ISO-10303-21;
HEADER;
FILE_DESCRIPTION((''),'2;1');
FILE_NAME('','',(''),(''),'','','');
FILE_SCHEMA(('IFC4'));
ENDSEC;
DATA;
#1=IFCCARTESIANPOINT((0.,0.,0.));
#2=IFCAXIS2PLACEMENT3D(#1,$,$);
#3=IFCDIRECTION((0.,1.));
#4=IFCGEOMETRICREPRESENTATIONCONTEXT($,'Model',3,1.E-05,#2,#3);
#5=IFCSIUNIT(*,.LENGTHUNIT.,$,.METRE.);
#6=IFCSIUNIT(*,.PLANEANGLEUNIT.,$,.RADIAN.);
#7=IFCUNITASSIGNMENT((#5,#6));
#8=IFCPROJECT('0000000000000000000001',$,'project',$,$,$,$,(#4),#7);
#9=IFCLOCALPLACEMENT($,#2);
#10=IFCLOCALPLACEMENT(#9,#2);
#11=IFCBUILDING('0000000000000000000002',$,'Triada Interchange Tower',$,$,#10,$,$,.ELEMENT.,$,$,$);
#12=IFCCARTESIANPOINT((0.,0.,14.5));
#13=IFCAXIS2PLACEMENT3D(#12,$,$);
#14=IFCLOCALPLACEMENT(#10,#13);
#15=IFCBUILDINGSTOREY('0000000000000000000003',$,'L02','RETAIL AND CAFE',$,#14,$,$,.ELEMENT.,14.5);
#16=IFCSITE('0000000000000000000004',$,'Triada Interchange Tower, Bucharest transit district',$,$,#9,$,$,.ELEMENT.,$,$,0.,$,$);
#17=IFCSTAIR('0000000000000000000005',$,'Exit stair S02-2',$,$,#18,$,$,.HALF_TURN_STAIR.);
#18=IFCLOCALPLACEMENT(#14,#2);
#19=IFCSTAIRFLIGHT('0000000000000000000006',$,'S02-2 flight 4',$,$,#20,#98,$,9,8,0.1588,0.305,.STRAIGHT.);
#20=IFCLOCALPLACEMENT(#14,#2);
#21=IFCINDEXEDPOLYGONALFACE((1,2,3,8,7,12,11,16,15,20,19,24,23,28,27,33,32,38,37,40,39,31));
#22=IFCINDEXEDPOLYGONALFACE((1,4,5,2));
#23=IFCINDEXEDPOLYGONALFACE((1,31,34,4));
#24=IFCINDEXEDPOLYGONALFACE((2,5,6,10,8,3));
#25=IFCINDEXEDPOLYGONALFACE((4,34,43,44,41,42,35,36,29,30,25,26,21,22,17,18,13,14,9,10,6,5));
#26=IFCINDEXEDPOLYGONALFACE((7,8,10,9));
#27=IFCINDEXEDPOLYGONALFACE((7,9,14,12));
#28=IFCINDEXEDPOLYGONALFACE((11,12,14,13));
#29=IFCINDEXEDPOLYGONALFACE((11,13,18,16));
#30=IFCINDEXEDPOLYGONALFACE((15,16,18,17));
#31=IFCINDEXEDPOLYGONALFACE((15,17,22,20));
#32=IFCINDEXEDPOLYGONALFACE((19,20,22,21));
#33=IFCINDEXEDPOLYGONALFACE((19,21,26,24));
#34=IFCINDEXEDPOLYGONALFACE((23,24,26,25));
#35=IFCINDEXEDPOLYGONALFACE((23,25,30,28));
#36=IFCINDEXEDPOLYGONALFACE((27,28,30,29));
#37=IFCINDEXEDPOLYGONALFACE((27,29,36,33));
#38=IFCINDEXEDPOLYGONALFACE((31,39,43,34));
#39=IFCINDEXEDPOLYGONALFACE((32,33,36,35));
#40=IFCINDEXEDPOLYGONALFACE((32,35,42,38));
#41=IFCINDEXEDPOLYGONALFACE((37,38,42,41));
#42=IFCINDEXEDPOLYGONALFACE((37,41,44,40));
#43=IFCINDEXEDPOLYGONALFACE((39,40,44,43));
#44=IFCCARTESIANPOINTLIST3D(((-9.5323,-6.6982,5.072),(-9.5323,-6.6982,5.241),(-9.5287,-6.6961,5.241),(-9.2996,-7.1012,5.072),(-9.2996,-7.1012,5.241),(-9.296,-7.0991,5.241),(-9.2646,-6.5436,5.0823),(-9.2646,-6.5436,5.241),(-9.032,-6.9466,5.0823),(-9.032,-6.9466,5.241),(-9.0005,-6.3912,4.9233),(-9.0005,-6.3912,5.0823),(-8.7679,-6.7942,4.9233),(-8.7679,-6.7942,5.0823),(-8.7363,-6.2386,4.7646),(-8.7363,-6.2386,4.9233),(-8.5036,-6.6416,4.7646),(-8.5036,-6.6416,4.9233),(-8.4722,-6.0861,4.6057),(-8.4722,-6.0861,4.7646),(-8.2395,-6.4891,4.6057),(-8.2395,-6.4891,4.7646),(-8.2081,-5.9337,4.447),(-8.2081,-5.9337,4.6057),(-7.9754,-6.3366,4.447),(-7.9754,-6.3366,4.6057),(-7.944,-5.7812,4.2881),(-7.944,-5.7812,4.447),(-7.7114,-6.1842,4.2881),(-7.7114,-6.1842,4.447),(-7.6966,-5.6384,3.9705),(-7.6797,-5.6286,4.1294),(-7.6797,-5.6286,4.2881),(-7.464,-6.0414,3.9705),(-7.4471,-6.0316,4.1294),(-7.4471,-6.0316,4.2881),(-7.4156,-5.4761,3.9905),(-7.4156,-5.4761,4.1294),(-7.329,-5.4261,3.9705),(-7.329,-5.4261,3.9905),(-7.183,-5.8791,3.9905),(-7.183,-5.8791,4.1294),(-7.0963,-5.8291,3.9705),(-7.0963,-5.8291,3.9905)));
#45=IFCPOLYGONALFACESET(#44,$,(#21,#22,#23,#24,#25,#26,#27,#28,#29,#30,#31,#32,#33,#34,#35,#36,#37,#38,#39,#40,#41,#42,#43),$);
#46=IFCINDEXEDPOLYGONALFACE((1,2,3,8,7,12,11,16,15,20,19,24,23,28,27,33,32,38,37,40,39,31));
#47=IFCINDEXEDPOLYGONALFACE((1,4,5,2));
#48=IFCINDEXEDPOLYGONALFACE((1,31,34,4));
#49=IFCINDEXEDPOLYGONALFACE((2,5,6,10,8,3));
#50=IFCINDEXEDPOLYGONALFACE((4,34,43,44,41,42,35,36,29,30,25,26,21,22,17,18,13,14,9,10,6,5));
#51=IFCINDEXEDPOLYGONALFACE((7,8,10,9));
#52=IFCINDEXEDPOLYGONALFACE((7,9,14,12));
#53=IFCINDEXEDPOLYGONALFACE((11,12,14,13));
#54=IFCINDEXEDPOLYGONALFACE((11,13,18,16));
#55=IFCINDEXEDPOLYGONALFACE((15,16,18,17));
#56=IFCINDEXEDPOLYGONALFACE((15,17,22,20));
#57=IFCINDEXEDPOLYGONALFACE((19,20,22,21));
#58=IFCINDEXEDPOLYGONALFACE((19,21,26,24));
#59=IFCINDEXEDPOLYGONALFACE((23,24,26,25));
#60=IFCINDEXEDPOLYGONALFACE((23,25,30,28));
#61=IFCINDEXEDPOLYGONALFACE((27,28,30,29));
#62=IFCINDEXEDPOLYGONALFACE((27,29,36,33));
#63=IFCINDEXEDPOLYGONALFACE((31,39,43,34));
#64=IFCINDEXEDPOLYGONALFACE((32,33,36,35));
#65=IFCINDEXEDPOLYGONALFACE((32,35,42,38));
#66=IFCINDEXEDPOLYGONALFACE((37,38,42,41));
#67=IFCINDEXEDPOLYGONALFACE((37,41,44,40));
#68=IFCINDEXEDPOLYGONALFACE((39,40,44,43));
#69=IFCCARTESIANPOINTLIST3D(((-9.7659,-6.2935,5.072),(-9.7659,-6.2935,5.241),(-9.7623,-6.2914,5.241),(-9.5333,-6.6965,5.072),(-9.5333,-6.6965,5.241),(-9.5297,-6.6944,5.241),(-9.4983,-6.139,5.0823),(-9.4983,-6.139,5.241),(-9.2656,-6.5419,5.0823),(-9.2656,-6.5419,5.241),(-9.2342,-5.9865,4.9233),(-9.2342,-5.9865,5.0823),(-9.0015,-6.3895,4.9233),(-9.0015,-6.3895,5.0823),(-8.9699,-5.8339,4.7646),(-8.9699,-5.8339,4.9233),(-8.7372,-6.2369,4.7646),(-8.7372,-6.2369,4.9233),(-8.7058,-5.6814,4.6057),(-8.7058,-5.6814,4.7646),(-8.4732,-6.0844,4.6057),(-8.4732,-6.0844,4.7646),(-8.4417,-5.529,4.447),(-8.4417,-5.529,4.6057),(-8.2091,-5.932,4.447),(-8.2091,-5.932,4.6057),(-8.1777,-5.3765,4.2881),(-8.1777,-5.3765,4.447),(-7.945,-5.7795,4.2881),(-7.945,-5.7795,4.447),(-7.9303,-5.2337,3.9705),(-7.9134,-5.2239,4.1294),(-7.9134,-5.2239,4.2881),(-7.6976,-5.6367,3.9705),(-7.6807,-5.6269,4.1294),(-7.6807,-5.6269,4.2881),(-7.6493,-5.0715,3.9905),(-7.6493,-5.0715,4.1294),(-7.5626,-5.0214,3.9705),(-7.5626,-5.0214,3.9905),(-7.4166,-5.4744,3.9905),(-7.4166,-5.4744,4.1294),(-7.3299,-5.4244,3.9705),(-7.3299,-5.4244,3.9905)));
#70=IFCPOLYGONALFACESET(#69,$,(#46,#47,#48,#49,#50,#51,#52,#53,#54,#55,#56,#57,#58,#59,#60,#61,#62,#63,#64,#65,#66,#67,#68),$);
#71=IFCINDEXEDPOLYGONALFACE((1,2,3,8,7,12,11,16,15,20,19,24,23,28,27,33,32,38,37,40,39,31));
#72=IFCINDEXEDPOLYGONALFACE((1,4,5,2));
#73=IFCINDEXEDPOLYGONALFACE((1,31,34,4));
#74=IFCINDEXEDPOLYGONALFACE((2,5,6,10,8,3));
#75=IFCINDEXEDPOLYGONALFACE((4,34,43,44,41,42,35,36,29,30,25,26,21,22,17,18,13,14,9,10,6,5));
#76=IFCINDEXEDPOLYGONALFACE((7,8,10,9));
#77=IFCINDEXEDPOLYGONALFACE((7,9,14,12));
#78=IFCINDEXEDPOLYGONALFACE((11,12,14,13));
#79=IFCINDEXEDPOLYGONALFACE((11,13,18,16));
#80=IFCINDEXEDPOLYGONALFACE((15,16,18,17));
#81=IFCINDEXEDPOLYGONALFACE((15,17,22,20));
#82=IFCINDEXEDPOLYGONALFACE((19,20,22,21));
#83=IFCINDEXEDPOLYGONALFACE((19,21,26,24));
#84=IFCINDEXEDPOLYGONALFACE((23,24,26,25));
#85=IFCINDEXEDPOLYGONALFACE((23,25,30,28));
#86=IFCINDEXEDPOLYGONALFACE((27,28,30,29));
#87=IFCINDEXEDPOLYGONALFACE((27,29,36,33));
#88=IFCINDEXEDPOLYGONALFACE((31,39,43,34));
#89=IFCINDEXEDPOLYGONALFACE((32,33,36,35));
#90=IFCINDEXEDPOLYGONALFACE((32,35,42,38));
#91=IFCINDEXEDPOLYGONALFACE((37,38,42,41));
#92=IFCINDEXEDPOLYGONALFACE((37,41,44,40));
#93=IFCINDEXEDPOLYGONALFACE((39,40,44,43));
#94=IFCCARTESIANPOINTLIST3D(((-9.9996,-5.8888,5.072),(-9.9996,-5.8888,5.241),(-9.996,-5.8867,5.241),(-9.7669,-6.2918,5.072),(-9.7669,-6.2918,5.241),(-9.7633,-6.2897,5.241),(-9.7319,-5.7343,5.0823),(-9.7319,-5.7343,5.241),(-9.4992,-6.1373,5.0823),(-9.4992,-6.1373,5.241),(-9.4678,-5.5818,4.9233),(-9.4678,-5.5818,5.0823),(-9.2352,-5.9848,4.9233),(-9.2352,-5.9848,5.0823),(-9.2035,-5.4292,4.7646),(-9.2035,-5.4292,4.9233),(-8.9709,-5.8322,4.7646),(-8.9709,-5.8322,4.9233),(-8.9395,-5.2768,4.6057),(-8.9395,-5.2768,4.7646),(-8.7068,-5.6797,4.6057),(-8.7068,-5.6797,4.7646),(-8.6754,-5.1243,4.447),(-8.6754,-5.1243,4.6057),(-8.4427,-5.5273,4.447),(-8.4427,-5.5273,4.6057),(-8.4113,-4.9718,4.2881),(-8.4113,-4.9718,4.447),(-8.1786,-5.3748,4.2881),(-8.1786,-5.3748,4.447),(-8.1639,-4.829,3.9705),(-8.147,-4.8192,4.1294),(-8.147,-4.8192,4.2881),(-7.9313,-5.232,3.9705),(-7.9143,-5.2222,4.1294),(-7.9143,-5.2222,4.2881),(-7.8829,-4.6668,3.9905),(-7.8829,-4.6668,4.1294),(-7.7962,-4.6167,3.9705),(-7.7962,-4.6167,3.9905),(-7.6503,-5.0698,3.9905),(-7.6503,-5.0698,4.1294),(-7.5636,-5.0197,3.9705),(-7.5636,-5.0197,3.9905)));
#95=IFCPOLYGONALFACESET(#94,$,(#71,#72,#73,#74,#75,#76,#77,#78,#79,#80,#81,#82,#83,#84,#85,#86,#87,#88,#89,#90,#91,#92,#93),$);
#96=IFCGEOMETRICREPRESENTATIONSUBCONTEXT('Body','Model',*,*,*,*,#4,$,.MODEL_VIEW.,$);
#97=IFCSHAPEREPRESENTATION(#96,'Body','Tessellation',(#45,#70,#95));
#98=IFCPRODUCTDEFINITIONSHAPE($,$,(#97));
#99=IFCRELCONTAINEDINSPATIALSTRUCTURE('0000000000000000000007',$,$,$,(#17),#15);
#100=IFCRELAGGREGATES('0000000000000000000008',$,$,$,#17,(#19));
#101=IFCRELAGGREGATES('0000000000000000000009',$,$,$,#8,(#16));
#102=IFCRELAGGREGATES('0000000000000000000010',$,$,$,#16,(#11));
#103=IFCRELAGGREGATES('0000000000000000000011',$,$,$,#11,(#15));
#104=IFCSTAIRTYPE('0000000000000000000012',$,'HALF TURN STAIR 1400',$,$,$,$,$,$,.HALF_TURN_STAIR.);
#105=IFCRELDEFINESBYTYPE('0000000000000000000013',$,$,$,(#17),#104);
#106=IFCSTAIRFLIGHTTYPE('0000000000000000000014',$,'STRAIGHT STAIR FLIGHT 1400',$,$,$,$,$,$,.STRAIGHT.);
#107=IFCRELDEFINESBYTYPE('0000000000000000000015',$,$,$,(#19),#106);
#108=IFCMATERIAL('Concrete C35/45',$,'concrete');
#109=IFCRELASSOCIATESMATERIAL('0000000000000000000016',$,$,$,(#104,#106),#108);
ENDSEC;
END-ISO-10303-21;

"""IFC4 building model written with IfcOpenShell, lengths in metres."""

from ifc_helpers import new_model, si_unit, direction, frame, origin, place, context, subcontext, project, spatial, polyline, outline, extrude, material, type_object, element, aggregate, save


model = new_model("IFC4")

# Units and contexts
model_context = context("Model", 3, precision=1e-05, world=origin(), true_north=direction((0.0, 1.0)))
body_context = subcontext(model_context, "Body", "Model", "MODEL_VIEW")
ifc_project = project(units=[si_unit("LENGTHUNIT", "METRE"), si_unit("PLANEANGLEUNIT", "RADIAN")], contexts=[model_context])

# Site, building, storey
site_placement = place(None, origin())
site = spatial("IfcSite", under=ifc_project, at=site_placement, Name="Triada Interchange Tower, Bucharest transit district", CompositionType="ELEMENT", RefElevation=0.0)
building_placement = place(site_placement, origin())
building = spatial("IfcBuilding", under=site, at=building_placement, Name="Triada Interchange Tower", CompositionType="ELEMENT")
storey_placement = place(building_placement, frame((0.0, 0.0, 14.5)))
storey = spatial("IfcBuildingStorey", under=building, at=storey_placement, Name="L02", Description="RETAIL AND CAFE", CompositionType="ELEMENT", Elevation=14.5)

# Shared definitions
ifc_material_1 = material(Name="Concrete C35/45", Category="concrete")

# Stair, stair flight
stair_type = type_object("IfcStairType", Name="HALF TURN STAIR 1400", PredefinedType="HALF_TURN_STAIR", material=ifc_material_1)
stair_1_placement = place(storey_placement, origin())
stair_1 = element("IfcStair", 1, at=stair_1_placement, inside=storey, type_object=stair_type, Name="Exit stair S02-2", PredefinedType="HALF_TURN_STAIR")
stair_flight_type = type_object("IfcStairFlightType", Name="STRAIGHT STAIR FLIGHT 1400", PredefinedType="STRAIGHT", material=ifc_material_1)
stair_flight_1_placement = place(storey_placement, frame((-7.533, -5.2729, 3.9705), z_axis=(0.0, 0.0, 1.0), x_axis=(-0.866025, -0.5, 0.0)))
stair_flight_1 = element("IfcStairFlight", 2, at=stair_flight_1_placement, type_object=stair_flight_type, Name="S02-2 flight 4", NumberOfRisers=9, NumberOfTreads=8, PredefinedType="STRAIGHT", RiserHeight=0.1588, TreadLength=0.305, context=body_context, shape_type="SweptSolid", body=[
    extrude(outline(polyline([(-0.1001, 0.0), (-0.1001, 0.02), (0.0, 0.02), (0.0, 0.1589), (0.3049, 0.1589), (0.3049, 0.3176), (0.6101, 0.3176), (0.6101, 0.4766), (0.915, 0.4766), (0.915, 0.6353), (1.22, 0.6353), (1.22, 0.7942), (1.5249, 0.7942), (1.5249, 0.9529), (1.8301, 0.9529), (1.8301, 1.1118), (2.135, 1.1118), (2.135, 1.2705), (2.4399, 1.2705), (2.4441, 1.2705), (2.4441, 1.4294), (2.4441, 1.1016), (0.3245, 0.0), (-0.1001, 0.0)])), frame((0.0, 0.7, 0.0), z_axis=(0.0, -1.0, 0.0), x_axis=(1.0, 0.0, 0.0)), (0.0, 0.0, 1.0), 0.4653),
    extrude(outline(polyline([(-0.1001, 0.0), (-0.1001, 0.02), (0.0, 0.02), (0.0, 0.1589), (0.3049, 0.1589), (0.3049, 0.3176), (0.6101, 0.3176), (0.6101, 0.4766), (0.915, 0.4766), (0.915, 0.6353), (1.22, 0.6353), (1.22, 0.7942), (1.5249, 0.7942), (1.5249, 0.9529), (1.8301, 0.9529), (1.8301, 1.1118), (2.135, 1.1118), (2.135, 1.2705), (2.4399, 1.2705), (2.4441, 1.2705), (2.4441, 1.4294), (2.4441, 1.1016), (0.3245, 0.0), (-0.1001, 0.0)])), frame((0.0, 0.2327, 0.0), z_axis=(0.0, -1.0, 0.0), x_axis=(1.0, 0.0, 0.0)), (0.0, 0.0, 1.0), 0.4653),
    extrude(outline(polyline([(-0.1001, 0.0), (-0.1001, 0.02), (0.0, 0.02), (0.0, 0.1589), (0.3049, 0.1589), (0.3049, 0.3176), (0.6101, 0.3176), (0.6101, 0.4766), (0.915, 0.4766), (0.915, 0.6353), (1.22, 0.6353), (1.22, 0.7942), (1.5249, 0.7942), (1.5249, 0.9529), (1.8301, 0.9529), (1.8301, 1.1118), (2.135, 1.1118), (2.135, 1.2705), (2.4399, 1.2705), (2.4441, 1.2705), (2.4441, 1.4294), (2.4441, 1.1016), (0.3245, 0.0), (-0.1001, 0.0)])), frame((0.0, -0.2346, 0.0), z_axis=(0.0, -1.0, 0.0), x_axis=(1.0, 0.0, 0.0)), (0.0, 0.0, 1.0), 0.4653),
])
aggregate(stair_1, [stair_flight_1])

save(model, "model.ifc")
